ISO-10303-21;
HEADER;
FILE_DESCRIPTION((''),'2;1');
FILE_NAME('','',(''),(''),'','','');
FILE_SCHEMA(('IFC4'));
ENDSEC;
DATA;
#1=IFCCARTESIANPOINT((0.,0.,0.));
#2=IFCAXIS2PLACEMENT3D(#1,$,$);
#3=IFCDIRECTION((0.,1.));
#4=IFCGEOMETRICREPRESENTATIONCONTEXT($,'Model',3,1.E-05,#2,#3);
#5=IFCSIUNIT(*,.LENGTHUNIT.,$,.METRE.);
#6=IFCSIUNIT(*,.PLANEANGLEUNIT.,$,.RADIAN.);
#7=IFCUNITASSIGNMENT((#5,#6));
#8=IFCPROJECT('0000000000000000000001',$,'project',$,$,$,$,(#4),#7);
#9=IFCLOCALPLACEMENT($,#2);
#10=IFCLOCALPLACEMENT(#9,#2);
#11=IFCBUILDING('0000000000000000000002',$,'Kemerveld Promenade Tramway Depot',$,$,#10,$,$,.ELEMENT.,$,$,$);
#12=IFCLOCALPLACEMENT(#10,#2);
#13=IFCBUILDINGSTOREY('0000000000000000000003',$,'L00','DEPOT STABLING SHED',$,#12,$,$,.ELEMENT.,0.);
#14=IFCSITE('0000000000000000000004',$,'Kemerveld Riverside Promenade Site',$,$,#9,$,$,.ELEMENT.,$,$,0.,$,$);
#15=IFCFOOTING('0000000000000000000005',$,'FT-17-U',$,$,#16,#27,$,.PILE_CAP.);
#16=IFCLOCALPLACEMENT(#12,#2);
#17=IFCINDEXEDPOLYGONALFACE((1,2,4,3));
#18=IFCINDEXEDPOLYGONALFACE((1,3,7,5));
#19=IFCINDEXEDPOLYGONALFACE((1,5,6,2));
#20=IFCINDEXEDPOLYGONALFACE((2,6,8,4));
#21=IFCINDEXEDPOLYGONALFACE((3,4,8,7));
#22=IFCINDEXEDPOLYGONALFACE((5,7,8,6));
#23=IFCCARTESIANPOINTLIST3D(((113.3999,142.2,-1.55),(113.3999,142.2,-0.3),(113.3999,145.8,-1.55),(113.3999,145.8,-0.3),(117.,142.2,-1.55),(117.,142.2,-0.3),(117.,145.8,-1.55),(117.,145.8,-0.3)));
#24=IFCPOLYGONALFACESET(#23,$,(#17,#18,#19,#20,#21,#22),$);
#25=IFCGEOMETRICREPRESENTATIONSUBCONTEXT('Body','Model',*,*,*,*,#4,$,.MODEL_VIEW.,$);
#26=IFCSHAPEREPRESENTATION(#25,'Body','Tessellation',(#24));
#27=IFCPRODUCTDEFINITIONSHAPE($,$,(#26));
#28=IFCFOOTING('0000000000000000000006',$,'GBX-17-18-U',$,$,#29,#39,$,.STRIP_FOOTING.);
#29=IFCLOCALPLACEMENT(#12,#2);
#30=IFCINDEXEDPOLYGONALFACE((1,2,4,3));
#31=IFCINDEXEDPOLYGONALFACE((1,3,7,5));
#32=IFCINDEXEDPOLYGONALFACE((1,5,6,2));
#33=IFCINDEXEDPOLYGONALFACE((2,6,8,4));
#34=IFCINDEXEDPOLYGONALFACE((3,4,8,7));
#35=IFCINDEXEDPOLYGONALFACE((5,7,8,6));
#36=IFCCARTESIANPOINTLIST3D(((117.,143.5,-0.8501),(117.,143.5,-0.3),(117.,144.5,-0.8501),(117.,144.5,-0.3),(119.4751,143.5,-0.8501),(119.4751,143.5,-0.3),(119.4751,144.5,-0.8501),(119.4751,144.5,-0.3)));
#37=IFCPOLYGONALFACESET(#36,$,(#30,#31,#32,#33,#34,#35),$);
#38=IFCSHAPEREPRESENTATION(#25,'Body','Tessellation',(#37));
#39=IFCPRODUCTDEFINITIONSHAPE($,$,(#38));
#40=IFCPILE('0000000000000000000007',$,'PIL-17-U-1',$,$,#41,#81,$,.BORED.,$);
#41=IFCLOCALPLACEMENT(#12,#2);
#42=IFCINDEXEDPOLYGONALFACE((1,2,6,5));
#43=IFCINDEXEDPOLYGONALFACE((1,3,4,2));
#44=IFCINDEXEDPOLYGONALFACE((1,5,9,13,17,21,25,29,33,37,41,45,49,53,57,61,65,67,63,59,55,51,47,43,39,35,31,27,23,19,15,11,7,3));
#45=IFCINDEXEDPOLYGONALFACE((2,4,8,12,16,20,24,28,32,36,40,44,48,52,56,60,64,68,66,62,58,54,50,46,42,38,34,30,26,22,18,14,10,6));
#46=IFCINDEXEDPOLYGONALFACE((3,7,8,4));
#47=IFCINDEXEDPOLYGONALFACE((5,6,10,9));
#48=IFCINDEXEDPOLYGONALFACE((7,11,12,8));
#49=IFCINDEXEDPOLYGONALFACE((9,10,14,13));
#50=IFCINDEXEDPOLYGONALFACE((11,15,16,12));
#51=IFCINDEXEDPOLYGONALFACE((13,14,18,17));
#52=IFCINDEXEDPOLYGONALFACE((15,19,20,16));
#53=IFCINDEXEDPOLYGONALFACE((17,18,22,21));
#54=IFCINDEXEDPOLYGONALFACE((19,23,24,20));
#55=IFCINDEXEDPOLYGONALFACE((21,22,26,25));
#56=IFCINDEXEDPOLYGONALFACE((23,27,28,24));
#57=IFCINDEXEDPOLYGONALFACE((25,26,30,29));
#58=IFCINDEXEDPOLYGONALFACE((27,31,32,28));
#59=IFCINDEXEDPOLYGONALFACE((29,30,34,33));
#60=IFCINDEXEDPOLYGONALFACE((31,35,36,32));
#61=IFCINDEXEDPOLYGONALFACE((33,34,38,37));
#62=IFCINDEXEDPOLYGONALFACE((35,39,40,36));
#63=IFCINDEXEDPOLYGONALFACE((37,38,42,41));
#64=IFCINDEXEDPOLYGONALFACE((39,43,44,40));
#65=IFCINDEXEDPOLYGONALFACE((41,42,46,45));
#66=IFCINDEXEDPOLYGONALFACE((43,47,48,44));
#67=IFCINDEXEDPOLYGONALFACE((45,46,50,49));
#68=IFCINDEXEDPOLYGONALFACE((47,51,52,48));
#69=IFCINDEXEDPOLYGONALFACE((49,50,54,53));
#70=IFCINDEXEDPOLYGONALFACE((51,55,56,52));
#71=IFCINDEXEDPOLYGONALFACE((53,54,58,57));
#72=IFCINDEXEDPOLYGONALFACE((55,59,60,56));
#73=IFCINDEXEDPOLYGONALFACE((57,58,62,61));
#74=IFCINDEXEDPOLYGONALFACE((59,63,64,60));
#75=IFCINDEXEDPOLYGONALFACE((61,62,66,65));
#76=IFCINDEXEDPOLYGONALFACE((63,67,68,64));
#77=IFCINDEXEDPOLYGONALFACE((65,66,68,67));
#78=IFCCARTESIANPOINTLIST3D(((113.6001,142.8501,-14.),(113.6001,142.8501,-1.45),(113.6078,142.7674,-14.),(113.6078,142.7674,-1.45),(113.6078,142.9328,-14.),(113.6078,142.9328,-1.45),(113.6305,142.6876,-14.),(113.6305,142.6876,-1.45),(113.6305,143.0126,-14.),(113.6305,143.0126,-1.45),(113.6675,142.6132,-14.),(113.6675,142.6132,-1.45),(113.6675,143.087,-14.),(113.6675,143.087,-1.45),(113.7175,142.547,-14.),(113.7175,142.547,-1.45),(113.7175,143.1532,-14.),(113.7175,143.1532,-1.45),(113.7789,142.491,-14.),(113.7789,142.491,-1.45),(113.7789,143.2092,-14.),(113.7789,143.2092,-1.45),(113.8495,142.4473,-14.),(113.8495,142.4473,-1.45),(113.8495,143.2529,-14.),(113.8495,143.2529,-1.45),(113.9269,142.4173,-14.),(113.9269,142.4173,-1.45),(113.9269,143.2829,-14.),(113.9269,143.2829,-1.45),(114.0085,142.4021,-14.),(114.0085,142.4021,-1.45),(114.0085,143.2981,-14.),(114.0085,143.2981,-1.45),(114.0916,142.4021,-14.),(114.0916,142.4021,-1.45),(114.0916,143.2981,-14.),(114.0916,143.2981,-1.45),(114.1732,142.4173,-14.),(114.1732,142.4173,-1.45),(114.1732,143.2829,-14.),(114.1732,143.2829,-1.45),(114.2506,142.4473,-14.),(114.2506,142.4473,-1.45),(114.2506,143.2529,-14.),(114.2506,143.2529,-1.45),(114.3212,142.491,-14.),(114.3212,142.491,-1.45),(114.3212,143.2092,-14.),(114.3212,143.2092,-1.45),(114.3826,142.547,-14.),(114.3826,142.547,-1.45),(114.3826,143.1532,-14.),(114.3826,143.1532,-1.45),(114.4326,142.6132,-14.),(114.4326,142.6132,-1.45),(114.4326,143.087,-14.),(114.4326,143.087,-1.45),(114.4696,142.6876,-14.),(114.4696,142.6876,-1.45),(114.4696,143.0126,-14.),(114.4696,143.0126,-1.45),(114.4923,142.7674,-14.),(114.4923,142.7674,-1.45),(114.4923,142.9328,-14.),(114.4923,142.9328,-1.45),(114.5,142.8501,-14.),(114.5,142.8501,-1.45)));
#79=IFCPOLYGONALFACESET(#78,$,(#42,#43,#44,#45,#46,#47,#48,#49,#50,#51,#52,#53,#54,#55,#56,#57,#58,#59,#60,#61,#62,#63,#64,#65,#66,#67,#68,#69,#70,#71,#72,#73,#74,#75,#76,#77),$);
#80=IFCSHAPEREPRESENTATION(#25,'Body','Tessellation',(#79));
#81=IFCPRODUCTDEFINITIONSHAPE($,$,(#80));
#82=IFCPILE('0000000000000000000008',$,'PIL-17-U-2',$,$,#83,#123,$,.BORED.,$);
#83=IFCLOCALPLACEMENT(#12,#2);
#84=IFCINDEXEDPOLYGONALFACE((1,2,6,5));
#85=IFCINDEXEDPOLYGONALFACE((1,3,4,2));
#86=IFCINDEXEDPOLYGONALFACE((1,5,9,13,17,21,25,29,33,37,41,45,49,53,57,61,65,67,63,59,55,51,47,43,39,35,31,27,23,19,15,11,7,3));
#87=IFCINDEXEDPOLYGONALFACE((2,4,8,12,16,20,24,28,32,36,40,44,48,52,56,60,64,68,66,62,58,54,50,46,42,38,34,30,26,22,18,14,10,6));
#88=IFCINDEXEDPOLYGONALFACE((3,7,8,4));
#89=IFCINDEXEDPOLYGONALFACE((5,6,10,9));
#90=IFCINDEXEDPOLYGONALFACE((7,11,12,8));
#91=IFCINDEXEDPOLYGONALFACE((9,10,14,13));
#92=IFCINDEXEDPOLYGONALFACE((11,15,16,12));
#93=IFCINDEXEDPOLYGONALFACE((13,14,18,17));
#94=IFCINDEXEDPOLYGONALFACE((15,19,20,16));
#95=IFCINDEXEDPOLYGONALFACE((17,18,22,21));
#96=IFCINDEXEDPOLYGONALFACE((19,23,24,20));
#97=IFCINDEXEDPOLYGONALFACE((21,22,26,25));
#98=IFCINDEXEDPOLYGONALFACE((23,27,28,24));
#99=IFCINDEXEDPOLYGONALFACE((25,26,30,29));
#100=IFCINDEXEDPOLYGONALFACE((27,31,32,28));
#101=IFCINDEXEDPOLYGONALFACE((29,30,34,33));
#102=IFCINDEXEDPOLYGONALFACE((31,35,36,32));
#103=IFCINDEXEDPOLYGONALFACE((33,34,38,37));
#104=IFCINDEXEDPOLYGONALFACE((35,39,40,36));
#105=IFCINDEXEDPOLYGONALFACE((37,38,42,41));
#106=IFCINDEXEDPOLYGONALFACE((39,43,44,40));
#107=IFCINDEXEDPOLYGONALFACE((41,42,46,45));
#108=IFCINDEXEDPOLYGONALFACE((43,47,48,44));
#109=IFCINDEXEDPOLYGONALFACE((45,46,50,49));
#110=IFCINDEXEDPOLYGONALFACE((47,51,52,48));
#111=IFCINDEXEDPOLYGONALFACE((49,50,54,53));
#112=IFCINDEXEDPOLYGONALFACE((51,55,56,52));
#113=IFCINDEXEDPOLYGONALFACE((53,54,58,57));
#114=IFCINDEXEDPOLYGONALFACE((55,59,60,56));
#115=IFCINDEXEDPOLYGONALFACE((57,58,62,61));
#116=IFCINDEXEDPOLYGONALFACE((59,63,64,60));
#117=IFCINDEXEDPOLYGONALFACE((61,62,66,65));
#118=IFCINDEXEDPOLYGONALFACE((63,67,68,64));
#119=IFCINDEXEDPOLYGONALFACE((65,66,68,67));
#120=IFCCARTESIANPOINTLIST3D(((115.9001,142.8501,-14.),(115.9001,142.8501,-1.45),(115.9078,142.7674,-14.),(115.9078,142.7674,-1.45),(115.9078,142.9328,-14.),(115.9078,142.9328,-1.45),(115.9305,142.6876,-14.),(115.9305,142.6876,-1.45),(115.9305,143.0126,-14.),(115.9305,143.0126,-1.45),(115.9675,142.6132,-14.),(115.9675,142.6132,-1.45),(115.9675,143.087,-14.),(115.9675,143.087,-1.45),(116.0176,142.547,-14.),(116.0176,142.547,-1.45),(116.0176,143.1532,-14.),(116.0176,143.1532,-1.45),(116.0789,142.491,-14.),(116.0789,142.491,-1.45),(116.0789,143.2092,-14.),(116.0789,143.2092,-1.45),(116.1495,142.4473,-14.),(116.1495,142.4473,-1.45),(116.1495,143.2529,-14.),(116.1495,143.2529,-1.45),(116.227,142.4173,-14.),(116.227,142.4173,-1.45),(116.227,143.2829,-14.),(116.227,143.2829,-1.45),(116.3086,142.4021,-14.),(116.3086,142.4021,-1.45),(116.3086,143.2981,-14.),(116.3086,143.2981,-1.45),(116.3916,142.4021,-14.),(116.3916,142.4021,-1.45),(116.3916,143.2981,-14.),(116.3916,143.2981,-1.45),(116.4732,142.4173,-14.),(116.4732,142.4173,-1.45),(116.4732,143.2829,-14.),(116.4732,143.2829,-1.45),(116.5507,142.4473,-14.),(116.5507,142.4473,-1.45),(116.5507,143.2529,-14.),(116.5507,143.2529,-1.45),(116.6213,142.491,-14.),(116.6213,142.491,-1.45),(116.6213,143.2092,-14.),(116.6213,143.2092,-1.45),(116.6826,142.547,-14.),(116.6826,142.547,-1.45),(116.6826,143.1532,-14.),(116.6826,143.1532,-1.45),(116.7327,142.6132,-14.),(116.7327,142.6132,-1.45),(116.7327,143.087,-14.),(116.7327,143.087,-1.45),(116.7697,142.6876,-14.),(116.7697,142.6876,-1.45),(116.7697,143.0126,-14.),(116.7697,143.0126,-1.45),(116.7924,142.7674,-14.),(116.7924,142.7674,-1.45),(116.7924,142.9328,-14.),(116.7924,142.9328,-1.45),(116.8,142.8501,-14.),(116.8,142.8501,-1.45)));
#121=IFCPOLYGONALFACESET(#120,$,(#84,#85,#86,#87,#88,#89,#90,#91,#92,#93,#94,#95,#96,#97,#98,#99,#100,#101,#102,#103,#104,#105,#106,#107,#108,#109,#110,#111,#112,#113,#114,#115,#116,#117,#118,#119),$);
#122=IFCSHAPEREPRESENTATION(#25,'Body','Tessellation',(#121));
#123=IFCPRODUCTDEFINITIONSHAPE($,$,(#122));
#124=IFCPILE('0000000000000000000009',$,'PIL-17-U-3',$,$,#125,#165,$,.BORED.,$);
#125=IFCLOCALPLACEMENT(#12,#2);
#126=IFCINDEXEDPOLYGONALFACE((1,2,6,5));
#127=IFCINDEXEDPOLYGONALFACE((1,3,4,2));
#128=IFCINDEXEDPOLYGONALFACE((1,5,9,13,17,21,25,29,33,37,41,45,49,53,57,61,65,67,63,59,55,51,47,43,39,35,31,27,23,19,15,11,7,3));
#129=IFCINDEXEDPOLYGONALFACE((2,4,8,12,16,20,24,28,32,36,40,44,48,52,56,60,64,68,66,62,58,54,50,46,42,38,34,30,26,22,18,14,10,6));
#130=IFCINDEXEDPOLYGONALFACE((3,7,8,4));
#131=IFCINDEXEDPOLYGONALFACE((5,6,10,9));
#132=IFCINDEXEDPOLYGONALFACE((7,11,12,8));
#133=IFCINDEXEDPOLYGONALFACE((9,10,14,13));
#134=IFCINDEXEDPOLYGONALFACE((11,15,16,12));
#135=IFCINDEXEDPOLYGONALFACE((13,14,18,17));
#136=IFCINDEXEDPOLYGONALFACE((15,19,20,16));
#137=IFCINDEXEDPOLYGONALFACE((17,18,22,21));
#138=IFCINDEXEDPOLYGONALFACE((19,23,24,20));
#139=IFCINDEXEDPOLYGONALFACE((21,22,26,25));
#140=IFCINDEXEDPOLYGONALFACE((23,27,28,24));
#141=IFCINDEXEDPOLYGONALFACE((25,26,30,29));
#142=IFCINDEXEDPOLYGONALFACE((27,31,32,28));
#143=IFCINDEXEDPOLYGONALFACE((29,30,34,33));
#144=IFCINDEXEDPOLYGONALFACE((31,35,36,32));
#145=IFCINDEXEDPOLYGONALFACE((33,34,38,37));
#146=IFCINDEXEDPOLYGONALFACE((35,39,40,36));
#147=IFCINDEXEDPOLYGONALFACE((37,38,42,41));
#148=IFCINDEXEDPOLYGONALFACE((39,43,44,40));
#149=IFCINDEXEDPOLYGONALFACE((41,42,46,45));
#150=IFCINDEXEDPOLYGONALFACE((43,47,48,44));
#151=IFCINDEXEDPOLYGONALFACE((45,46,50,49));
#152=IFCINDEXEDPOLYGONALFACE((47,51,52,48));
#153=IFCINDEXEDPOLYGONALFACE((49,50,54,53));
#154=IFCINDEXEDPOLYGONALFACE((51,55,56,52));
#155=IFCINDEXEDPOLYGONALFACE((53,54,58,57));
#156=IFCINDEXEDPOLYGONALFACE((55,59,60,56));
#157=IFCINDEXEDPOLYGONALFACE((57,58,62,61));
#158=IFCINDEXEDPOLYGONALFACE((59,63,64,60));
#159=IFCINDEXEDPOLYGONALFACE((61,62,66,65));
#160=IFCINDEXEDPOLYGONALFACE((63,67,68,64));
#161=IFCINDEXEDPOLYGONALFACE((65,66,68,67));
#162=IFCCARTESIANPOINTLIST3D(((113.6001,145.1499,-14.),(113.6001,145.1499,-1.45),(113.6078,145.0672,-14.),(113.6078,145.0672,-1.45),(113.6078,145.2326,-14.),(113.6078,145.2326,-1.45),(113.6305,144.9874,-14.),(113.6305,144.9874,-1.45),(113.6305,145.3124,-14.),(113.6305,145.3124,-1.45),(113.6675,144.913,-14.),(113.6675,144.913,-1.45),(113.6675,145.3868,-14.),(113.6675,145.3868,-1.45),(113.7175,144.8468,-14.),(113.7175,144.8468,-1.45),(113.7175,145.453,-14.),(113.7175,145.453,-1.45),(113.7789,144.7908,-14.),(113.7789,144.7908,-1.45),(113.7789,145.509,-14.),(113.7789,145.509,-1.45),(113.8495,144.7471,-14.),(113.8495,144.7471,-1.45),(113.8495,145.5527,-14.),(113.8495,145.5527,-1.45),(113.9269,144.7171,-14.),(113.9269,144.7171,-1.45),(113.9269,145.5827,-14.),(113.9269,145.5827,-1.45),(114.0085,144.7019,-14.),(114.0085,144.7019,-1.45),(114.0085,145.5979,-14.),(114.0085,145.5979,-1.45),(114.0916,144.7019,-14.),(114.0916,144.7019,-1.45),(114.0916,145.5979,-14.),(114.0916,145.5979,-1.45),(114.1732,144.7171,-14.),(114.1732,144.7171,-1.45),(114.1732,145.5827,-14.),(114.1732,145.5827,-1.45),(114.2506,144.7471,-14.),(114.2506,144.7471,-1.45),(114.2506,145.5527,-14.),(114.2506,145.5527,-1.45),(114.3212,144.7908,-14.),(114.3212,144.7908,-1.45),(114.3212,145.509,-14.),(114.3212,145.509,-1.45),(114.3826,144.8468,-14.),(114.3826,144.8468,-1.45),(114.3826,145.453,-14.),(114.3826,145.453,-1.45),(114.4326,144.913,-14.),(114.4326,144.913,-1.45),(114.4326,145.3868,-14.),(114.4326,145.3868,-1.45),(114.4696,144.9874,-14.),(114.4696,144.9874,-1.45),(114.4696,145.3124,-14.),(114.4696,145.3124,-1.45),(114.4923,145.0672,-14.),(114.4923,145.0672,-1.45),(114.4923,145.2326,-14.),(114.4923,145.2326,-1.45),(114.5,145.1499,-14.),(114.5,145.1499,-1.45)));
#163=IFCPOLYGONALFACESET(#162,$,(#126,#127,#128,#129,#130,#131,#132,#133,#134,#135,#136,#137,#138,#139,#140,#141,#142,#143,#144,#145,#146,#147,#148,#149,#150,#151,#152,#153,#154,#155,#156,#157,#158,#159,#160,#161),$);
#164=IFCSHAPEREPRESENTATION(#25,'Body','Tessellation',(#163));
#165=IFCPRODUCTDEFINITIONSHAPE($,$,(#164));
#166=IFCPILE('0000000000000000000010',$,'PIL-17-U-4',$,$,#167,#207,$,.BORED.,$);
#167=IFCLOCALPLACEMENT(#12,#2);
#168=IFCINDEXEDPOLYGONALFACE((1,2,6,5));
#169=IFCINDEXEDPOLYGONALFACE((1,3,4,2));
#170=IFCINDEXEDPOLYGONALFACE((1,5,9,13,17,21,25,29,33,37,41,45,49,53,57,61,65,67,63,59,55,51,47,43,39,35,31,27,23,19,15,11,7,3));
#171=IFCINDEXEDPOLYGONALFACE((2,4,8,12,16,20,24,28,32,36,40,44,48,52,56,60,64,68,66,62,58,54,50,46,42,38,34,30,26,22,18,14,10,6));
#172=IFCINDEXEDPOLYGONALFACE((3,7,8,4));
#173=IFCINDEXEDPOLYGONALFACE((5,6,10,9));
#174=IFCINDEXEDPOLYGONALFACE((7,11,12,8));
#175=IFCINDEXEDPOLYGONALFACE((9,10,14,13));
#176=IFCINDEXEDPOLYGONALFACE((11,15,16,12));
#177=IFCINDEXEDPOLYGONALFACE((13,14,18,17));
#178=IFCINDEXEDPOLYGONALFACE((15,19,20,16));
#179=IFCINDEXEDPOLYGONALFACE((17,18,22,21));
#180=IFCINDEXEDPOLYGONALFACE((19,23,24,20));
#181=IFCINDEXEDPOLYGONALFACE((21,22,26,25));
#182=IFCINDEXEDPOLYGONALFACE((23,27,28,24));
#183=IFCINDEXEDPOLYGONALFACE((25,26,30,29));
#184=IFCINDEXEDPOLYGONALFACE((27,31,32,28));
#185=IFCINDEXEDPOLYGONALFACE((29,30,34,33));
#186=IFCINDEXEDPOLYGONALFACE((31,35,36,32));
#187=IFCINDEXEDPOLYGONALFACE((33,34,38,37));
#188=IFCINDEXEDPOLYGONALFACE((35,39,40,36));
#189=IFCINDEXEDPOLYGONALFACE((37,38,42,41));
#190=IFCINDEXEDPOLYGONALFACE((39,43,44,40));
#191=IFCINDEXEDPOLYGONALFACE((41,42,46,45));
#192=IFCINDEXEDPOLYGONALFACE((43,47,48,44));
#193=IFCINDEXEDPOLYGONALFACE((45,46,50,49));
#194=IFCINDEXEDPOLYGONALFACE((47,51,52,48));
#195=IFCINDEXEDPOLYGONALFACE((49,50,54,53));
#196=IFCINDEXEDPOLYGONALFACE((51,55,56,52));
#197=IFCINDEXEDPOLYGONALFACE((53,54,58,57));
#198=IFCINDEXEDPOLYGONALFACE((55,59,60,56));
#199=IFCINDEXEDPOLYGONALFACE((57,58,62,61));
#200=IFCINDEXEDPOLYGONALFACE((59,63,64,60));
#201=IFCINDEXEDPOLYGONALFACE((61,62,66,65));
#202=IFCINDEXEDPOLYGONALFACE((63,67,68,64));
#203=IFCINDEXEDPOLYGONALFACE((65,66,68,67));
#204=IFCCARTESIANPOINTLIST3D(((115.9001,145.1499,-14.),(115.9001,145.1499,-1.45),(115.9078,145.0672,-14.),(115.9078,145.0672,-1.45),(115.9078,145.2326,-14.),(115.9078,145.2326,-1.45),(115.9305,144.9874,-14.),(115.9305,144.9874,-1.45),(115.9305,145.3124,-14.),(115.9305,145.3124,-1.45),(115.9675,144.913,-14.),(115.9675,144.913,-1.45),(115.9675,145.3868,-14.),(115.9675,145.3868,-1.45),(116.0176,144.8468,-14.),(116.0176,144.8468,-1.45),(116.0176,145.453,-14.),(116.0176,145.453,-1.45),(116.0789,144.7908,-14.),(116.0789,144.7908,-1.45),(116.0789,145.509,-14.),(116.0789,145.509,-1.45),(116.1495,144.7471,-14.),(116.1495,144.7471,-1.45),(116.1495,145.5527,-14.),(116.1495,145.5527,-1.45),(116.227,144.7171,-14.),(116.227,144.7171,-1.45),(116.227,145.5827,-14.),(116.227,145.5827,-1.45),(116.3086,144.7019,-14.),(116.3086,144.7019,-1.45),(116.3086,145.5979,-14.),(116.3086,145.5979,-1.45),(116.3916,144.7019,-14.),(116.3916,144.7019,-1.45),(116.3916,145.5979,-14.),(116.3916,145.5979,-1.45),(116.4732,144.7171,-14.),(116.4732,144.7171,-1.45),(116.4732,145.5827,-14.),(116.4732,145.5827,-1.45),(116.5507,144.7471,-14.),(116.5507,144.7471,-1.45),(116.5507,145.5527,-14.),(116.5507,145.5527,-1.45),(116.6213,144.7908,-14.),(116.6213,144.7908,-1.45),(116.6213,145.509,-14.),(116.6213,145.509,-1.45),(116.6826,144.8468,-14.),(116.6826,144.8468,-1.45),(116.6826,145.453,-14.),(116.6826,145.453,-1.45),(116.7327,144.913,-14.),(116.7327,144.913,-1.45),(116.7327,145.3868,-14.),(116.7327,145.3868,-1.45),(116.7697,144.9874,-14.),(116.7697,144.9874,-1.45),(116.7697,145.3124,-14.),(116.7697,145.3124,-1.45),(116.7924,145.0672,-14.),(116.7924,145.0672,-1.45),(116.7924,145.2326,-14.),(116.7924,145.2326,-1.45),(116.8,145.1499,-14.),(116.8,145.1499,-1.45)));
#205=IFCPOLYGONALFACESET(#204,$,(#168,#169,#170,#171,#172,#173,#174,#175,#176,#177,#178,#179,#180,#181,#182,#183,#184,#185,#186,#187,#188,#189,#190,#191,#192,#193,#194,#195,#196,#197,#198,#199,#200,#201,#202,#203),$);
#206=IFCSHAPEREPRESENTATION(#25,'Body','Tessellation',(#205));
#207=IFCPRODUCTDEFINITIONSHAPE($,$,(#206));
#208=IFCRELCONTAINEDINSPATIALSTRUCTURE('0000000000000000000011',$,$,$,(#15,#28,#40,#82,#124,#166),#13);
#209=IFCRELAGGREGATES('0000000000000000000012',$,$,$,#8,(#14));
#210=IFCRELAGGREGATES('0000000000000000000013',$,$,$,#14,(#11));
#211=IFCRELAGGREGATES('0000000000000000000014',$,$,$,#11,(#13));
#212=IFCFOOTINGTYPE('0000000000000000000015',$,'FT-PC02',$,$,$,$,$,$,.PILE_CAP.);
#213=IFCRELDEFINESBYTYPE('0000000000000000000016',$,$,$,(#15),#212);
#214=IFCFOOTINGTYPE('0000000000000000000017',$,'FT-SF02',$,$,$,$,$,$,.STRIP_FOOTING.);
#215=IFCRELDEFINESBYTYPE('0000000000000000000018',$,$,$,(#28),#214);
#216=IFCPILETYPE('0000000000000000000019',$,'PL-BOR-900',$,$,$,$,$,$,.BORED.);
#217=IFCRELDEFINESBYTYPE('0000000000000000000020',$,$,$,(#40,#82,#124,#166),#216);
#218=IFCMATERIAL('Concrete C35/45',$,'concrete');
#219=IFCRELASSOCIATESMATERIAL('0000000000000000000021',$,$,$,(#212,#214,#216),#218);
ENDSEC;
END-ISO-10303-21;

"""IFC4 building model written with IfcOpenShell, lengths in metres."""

from ifc_helpers import new_model, si_unit, direction, frame, origin, origin_2d, place, context, subcontext, project, spatial, rectangle, circle, extrude, material, material_profile, profile_set, type_object, element, save


model = new_model("IFC4")

# Units and contexts
model_context = context("Model", 3, precision=1e-05, world=origin(), true_north=direction((0.0, 1.0)))
body_context = subcontext(model_context, "Body", "Model", "MODEL_VIEW")
ifc_project = project(units=[si_unit("LENGTHUNIT", "METRE"), si_unit("PLANEANGLEUNIT", "RADIAN")], contexts=[model_context])

# Site, building, storey
site_placement = place(None, origin())
site = spatial("IfcSite", under=ifc_project, at=site_placement, Name="Kemerveld Riverside Promenade Site", CompositionType="ELEMENT", RefElevation=0.0)
building_placement = place(site_placement, origin())
building = spatial("IfcBuilding", under=site, at=building_placement, Name="Kemerveld Promenade Tramway Depot", CompositionType="ELEMENT")
storey_placement = place(building_placement, origin())
storey = spatial("IfcBuildingStorey", under=building, at=storey_placement, Name="L00", Description="DEPOT STABLING SHED", CompositionType="ELEMENT", Elevation=0.0)

# Footings
ifc_material_1 = material(Name="Concrete C35/45", Category="concrete")
footing_type_1 = type_object("IfcFootingType", Name="FT-PC02", PredefinedType="PILE_CAP", material=ifc_material_1)
footing_1_placement = place(storey_placement, frame((115.2, 144.0, -1.55), z_axis=(0.0, 0.0, 1.0), x_axis=(1.0, 0.0, 0.0)))
element("IfcFooting", 1, at=footing_1_placement, inside=storey, type_object=footing_type_1, Name="FT-17-U", PredefinedType="PILE_CAP", context=body_context, shape_type="SweptSolid", body=[
    extrude(rectangle(XDim=3.6001, YDim=3.6001, at=origin_2d()), origin(), (0.0, 0.0, 1.0), 1.25),
])
footing_type_2 = type_object("IfcFootingType", Name="FT-SF02", PredefinedType="STRIP_FOOTING", material=ifc_material_1)
footing_2_placement = place(storey_placement, frame((118.2375, 144.0, -0.8501), z_axis=(0.0, 0.0, 1.0), x_axis=(1.0, 0.0, 0.0)))
element("IfcFooting", 2, at=footing_2_placement, inside=storey, type_object=footing_type_2, Name="GBX-17-18-U", PredefinedType="STRIP_FOOTING", context=body_context, shape_type="SweptSolid", body=[
    extrude(rectangle(XDim=2.4751, YDim=1.0, at=origin_2d()), origin(), (0.0, 0.0, 1.0), 0.55),
])

# Piles
ifc_material_profile_1 = material_profile(ifc_material_1, circle(Radius=0.45, at=origin_2d()), Name="PILE-D900")
ifc_profile_set_1 = profile_set([ifc_material_profile_1], Name="Concrete C35/45")
pile_type = type_object("IfcPileType", Name="PL-BOR-900", PredefinedType="BORED", material=ifc_profile_set_1)
for number, where, z_axis, x_axis, name in (
    (3, (114.05, 142.8501, -1.45), (0.0, 0.0, -1.0), (1.0, 0.0, 0.0), "PIL-17-U-1"),
    (4, (116.3501, 142.8501, -1.45), (0.0, 0.0, -1.0), (1.0, 0.0, 0.0), "PIL-17-U-2"),
    (5, (114.05, 145.1499, -1.45), (0.0, 0.0, -1.0), (1.0, 0.0, 0.0), "PIL-17-U-3"),
    (6, (116.3501, 145.1499, -1.45), (0.0, 0.0, -1.0), (1.0, 0.0, 0.0), "PIL-17-U-4"),
):
    element("IfcPile", number, at=place(storey_placement, frame(where, z_axis=z_axis, x_axis=x_axis)), inside=storey, type_object=pile_type, Name=name, PredefinedType="BORED", context=body_context, shape_type="SweptSolid", body=[
        extrude(circle(Radius=0.45, at=origin_2d()), origin(), (0.0, 0.0, 1.0), 12.55),
    ])

save(model, "model.ifc")
